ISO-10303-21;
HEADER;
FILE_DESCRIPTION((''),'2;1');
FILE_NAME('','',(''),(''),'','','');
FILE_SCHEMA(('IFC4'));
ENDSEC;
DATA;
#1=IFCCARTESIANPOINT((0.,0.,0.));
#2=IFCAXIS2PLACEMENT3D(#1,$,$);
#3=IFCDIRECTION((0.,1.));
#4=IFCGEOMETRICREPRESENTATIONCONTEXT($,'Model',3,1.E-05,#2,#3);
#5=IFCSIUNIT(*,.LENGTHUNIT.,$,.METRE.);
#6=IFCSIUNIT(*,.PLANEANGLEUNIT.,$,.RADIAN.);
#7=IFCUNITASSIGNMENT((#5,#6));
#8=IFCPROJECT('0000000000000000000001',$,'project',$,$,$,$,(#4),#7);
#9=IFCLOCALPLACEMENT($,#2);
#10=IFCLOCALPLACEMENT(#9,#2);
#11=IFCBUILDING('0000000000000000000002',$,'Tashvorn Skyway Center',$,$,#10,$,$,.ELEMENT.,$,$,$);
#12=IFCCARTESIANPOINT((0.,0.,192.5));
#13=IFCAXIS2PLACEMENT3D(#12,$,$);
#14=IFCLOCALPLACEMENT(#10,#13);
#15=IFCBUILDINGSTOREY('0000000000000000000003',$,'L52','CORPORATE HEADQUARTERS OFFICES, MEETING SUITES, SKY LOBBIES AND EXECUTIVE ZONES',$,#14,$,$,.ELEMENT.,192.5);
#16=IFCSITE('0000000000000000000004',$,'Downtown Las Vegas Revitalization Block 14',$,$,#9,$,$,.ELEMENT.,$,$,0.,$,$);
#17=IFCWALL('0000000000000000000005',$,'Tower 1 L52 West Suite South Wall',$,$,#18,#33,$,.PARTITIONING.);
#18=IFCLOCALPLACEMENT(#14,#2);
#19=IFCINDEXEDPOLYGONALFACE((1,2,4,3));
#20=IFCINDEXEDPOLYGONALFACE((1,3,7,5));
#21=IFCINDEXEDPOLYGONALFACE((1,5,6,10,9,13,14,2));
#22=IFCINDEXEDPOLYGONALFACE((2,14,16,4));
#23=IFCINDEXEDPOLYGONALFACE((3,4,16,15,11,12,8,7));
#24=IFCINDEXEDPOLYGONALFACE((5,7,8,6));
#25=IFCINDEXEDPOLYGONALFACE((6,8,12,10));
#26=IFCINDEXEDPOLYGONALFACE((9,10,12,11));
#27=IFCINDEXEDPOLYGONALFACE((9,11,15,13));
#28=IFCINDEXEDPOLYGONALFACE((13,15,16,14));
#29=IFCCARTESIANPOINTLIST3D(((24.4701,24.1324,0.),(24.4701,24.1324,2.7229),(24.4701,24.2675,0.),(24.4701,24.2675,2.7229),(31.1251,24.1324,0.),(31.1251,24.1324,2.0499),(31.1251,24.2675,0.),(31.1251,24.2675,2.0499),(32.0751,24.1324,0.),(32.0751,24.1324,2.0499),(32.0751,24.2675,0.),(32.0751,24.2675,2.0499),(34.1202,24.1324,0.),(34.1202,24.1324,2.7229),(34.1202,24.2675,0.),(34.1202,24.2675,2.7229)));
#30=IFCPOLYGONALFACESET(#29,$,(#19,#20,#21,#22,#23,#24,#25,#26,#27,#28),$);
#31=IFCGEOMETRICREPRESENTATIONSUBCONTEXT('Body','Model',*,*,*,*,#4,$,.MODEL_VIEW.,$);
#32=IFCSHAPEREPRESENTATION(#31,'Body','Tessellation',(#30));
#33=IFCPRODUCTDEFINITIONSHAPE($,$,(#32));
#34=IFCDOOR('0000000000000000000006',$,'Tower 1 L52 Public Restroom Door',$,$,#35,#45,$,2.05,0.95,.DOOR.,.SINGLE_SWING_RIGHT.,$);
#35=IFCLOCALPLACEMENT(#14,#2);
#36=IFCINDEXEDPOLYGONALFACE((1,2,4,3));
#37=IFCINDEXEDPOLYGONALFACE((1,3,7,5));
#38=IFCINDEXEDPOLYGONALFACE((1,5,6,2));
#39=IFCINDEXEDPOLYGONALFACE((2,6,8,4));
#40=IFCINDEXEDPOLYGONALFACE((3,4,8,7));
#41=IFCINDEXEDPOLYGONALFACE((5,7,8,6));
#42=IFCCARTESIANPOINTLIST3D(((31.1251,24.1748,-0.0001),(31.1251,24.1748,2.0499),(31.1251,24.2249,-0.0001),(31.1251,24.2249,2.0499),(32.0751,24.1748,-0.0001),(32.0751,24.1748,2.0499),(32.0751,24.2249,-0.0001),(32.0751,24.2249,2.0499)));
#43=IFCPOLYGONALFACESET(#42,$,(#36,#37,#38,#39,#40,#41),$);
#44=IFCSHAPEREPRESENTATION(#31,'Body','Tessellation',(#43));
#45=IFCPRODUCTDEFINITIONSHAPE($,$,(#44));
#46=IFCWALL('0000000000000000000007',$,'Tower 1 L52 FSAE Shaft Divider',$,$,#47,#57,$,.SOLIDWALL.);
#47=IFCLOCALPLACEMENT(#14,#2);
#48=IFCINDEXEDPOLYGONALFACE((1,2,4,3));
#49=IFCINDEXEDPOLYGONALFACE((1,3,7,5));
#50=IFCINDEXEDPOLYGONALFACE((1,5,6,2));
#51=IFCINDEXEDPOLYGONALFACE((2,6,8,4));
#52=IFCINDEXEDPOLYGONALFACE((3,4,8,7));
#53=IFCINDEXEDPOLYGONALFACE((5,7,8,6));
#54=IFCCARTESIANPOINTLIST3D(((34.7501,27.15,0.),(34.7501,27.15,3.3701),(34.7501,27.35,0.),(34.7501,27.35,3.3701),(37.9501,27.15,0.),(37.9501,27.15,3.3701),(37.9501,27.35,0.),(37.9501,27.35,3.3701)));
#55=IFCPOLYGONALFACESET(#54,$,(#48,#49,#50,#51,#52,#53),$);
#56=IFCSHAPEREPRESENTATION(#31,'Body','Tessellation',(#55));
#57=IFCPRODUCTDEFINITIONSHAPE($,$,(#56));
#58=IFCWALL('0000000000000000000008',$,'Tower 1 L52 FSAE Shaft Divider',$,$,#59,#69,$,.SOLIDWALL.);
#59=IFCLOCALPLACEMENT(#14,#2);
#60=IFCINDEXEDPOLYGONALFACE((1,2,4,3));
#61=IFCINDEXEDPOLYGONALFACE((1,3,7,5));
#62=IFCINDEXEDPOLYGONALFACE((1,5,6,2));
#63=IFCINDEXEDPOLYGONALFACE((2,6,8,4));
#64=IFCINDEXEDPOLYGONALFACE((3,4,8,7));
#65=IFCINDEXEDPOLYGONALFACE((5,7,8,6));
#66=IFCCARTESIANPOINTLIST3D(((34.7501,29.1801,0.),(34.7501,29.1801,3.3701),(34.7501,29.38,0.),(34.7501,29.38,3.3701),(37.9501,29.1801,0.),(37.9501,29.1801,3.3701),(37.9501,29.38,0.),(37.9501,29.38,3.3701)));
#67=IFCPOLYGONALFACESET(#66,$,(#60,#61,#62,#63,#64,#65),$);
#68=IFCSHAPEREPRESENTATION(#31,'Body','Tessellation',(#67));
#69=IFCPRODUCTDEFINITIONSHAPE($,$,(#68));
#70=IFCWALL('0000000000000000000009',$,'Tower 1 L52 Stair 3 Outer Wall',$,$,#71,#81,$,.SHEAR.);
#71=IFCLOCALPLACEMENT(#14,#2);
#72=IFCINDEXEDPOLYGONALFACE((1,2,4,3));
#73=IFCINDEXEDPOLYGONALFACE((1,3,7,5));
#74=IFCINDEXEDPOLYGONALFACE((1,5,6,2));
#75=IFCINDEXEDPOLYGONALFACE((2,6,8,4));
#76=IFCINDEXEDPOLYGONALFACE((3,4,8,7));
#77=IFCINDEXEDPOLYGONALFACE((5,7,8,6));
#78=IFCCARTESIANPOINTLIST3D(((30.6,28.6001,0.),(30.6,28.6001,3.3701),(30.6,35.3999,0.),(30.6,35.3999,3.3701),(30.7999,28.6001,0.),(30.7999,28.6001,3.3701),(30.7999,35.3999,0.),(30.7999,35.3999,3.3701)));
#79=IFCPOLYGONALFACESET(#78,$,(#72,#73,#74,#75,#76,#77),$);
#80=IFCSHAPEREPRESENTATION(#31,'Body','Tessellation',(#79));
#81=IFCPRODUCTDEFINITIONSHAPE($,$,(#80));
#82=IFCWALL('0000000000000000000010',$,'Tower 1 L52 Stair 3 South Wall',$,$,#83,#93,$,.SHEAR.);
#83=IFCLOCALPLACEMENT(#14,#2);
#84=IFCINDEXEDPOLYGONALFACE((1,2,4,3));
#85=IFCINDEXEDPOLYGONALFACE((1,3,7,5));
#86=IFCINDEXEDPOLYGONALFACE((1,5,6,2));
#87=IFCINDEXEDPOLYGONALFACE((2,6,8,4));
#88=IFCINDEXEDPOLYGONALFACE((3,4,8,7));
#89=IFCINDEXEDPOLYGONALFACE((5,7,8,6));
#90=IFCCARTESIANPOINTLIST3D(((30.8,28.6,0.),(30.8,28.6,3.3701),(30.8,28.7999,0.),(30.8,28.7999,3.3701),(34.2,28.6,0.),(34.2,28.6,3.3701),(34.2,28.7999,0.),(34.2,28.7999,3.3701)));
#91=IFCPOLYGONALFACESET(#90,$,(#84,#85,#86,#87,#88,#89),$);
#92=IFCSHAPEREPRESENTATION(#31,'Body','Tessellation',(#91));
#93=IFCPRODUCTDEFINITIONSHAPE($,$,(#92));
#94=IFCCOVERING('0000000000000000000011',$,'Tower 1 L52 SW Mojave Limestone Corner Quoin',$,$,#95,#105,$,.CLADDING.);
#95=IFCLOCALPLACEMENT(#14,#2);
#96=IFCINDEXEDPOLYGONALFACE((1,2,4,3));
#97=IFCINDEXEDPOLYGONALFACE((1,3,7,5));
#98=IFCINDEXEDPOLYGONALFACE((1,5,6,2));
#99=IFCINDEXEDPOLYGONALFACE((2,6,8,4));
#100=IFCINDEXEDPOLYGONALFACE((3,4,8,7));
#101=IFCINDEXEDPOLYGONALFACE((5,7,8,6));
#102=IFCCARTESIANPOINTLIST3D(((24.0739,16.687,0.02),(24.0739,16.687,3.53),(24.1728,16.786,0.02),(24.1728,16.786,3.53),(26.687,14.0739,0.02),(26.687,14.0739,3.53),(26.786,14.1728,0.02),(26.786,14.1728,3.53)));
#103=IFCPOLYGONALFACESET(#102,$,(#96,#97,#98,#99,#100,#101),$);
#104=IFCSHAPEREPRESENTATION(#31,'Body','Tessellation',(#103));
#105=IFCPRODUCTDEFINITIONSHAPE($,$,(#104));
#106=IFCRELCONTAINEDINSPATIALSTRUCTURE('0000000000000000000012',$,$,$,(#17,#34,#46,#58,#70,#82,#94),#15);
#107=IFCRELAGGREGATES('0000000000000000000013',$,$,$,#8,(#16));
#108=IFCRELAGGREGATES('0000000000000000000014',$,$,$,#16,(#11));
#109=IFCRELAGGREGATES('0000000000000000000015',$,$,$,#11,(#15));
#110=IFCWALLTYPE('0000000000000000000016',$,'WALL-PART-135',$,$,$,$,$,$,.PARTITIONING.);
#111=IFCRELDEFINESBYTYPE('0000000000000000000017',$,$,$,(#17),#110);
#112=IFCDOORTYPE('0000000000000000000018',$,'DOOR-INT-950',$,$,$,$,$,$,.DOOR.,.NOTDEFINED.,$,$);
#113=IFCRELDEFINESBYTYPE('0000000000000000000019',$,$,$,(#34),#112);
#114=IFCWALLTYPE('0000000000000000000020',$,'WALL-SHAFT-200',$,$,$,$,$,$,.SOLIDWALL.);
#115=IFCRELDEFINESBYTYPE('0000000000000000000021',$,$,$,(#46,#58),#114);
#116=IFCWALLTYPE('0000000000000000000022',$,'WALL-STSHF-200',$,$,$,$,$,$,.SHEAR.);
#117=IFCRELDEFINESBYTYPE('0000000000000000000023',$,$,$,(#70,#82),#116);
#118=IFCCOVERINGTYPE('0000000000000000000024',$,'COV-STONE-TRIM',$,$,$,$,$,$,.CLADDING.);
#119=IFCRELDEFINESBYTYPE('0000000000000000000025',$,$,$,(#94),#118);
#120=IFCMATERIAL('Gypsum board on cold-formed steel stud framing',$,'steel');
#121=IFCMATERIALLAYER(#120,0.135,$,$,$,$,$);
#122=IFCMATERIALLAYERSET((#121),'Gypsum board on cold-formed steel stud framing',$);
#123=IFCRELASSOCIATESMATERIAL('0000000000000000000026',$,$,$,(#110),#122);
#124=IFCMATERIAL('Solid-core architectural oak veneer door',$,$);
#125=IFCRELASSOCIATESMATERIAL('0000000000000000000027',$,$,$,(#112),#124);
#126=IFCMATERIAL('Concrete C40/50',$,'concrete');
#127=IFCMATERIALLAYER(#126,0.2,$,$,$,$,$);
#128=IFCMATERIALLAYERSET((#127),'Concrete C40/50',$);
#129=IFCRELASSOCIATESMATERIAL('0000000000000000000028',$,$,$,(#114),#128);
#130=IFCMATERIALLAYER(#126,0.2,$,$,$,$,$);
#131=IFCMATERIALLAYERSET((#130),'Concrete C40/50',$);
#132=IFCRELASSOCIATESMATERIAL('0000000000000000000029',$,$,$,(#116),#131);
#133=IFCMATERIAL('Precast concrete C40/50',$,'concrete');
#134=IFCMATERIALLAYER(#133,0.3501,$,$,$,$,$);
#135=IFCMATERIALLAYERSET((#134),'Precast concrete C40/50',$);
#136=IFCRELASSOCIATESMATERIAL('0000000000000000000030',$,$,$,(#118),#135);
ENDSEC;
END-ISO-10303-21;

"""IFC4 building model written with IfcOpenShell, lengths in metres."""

from ifc_helpers import new_model, si_unit, direction, frame, frame_2d, origin, origin_2d, place, context, subcontext, project, spatial, rectangle, extrude, material, layer, layer_set, type_object, element, fill, save


model = new_model("IFC4")

# Units and contexts
model_context = context("Model", 3, precision=1e-05, world=origin(), true_north=direction((0.0, 1.0)))
body_context = subcontext(model_context, "Body", "Model", "MODEL_VIEW")
ifc_project = project(units=[si_unit("LENGTHUNIT", "METRE"), si_unit("PLANEANGLEUNIT", "RADIAN")], contexts=[model_context])

# Site, building, storey
site_placement = place(None, origin())
site = spatial("IfcSite", under=ifc_project, at=site_placement, Name="Downtown Las Vegas Revitalization Block 14", CompositionType="ELEMENT", RefElevation=0.0)
building_placement = place(site_placement, origin())
building = spatial("IfcBuilding", under=site, at=building_placement, Name="Tashvorn Skyway Center", CompositionType="ELEMENT")
storey_placement = place(building_placement, frame((0.0, 0.0, 192.5)))
storey = spatial("IfcBuildingStorey", under=building, at=storey_placement, Name="L52", Description="CORPORATE HEADQUARTERS OFFICES, MEETING SUITES, SKY LOBBIES AND EXECUTIVE ZONES", CompositionType="ELEMENT", Elevation=192.5)

# Shared definitions
ifc_material_1 = material(Name="Precast concrete C40/50", Category="concrete")

# Shared definitions
ifc_material_2 = material(Name="Gypsum board on cold-formed steel stud framing", Category="steel")
ifc_layer_1 = layer(ifc_material_2, 0.135)
ifc_layer_set_1 = layer_set([ifc_layer_1], Name="Gypsum board on cold-formed steel stud framing")
wall_type_1 = type_object("IfcWallType", Name="WALL-PART-135", PredefinedType="PARTITIONING", material=ifc_layer_set_1)

# Wall, opening, door
wall_1_placement = place(storey_placement, frame((24.47, 24.2, 0.0), z_axis=(0.0, 0.0, 1.0), x_axis=(1.0, 0.0, 0.0)))
wall_1 = element("IfcWall", 1, at=wall_1_placement, inside=storey, type_object=wall_type_1, Name="Tower 1 L52 West Suite South Wall", PredefinedType="PARTITIONING", context=body_context, shape_type="SweptSolid", body=[
    extrude(rectangle(XDim=9.6501, YDim=0.135, at=frame_2d((4.8252, 0.0))), origin(), (0.0, 0.0, 1.0), 2.7229),
])
opening_1_placement = place(wall_1_placement, frame((6.655, 0.0, 0.0)))
opening_1 = element("IfcOpeningElement", 2, at=opening_1_placement, cuts=wall_1, PredefinedType="OPENING", context=body_context, shape_type="SweptSolid", body=[
    extrude(rectangle(XDim=0.95, YDim=2.05, at=frame_2d((0.4751, 1.0249))), frame((0.0, 0.0774, 0.0), z_axis=(0.0, -1.0, 0.0), x_axis=(1.0, 0.0, 0.0)), (0.0, 0.0, 1.0), 0.155),
])
ifc_material_3 = material(Name="Solid-core architectural oak veneer door")
door_type_1 = type_object("IfcDoorType", Name="DOOR-INT-950", OperationType="NOTDEFINED", PredefinedType="DOOR", material=ifc_material_3)
door_1_placement = place(opening_1_placement, origin())
door_1 = element("IfcDoor", 3, at=door_1_placement, inside=storey, type_object=door_type_1, Name="Tower 1 L52 Public Restroom Door", OperationType="SINGLE_SWING_RIGHT", OverallHeight=2.05, OverallWidth=0.95, PredefinedType="DOOR", context=body_context, shape_type="SweptSolid", body=[
    extrude(rectangle(XDim=0.95, YDim=2.05, at=frame_2d((0.4751, 1.0249))), frame((0.0, 0.0249, 0.0), z_axis=(0.0, -1.0, 0.0), x_axis=(1.0, 0.0, 0.0)), (0.0, 0.0, 1.0), 0.05),
])
fill(opening_1, door_1)

# Walls
ifc_material_4 = material(Name="Concrete C40/50", Category="concrete")
ifc_layer_2 = layer(ifc_material_4, 0.2)
ifc_layer_set_2 = layer_set([ifc_layer_2], Name="Concrete C40/50")
wall_type_2 = type_object("IfcWallType", Name="WALL-SHAFT-200", PredefinedType="SOLIDWALL", material=ifc_layer_set_2)
for number, where, z_axis, x_axis, name in (
    (4, (34.75, 27.25, 0.0), (0.0, 0.0, 1.0), (1.0, 0.0, 0.0), "Tower 1 L52 FSAE Shaft Divider"),
    (5, (34.75, 29.28, 0.0), (0.0, 0.0, 1.0), (1.0, 0.0, 0.0), "Tower 1 L52 FSAE Shaft Divider"),
):
    element("IfcWall", number, at=place(storey_placement, frame(where, z_axis=z_axis, x_axis=x_axis)), inside=storey, type_object=wall_type_2, Name=name, PredefinedType="SOLIDWALL", context=body_context, shape_type="SweptSolid", body=[
        extrude(rectangle(XDim=3.2, YDim=0.2, at=frame_2d((1.6001, 0.0))), origin(), (0.0, 0.0, 1.0), 3.3701),
    ])
ifc_layer_3 = layer(ifc_material_4, 0.2)
ifc_layer_set_3 = layer_set([ifc_layer_3], Name="Concrete C40/50")
wall_type_3 = type_object("IfcWallType", Name="WALL-STSHF-200", PredefinedType="SHEAR", material=ifc_layer_set_3)
wall_2_placement = place(storey_placement, frame((30.7, 28.6001, 0.0), z_axis=(0.0, 0.0, 1.0), x_axis=(0.0, 1.0, 0.0)))
element("IfcWall", 6, at=wall_2_placement, inside=storey, type_object=wall_type_3, Name="Tower 1 L52 Stair 3 Outer Wall", PredefinedType="SHEAR", context=body_context, shape_type="SweptSolid", body=[
    extrude(rectangle(XDim=6.7998, YDim=0.2, at=frame_2d((3.3999, 0.0))), origin(), (0.0, 0.0, 1.0), 3.3701),
])
wall_3_placement = place(storey_placement, frame((30.8, 28.7, 0.0), z_axis=(0.0, 0.0, 1.0), x_axis=(1.0, 0.0, 0.0)))
element("IfcWall", 7, at=wall_3_placement, inside=storey, type_object=wall_type_3, Name="Tower 1 L52 Stair 3 South Wall", PredefinedType="SHEAR", context=body_context, shape_type="SweptSolid", body=[
    extrude(rectangle(XDim=3.3999, YDim=0.2, at=frame_2d((1.7, 0.0))), origin(), (0.0, 0.0, 1.0), 3.3701),
])

# Covering
ifc_layer_4 = layer(ifc_material_1, 0.3501)
ifc_layer_set_4 = layer_set([ifc_layer_4], Name="Precast concrete C40/50")
covering_type = type_object("IfcCoveringType", Name="COV-STONE-TRIM", PredefinedType="CLADDING", material=ifc_layer_set_4)
covering_placement = place(storey_placement, frame((25.4299, 15.4299, 0.02), z_axis=(0.0, 0.0, 1.0), x_axis=(-0.707107, 0.707107, 0.0)))
element("IfcCovering", 8, at=covering_placement, inside=storey, type_object=covering_type, Name="Tower 1 L52 SW Mojave Limestone Corner Quoin", PredefinedType="CLADDING", context=body_context, shape_type="SweptSolid", body=[
    extrude(rectangle(XDim=3.6956, YDim=0.1399, at=origin_2d()), origin(), (0.0, 0.0, 1.0), 3.51),
])

save(model, "model.ifc")
